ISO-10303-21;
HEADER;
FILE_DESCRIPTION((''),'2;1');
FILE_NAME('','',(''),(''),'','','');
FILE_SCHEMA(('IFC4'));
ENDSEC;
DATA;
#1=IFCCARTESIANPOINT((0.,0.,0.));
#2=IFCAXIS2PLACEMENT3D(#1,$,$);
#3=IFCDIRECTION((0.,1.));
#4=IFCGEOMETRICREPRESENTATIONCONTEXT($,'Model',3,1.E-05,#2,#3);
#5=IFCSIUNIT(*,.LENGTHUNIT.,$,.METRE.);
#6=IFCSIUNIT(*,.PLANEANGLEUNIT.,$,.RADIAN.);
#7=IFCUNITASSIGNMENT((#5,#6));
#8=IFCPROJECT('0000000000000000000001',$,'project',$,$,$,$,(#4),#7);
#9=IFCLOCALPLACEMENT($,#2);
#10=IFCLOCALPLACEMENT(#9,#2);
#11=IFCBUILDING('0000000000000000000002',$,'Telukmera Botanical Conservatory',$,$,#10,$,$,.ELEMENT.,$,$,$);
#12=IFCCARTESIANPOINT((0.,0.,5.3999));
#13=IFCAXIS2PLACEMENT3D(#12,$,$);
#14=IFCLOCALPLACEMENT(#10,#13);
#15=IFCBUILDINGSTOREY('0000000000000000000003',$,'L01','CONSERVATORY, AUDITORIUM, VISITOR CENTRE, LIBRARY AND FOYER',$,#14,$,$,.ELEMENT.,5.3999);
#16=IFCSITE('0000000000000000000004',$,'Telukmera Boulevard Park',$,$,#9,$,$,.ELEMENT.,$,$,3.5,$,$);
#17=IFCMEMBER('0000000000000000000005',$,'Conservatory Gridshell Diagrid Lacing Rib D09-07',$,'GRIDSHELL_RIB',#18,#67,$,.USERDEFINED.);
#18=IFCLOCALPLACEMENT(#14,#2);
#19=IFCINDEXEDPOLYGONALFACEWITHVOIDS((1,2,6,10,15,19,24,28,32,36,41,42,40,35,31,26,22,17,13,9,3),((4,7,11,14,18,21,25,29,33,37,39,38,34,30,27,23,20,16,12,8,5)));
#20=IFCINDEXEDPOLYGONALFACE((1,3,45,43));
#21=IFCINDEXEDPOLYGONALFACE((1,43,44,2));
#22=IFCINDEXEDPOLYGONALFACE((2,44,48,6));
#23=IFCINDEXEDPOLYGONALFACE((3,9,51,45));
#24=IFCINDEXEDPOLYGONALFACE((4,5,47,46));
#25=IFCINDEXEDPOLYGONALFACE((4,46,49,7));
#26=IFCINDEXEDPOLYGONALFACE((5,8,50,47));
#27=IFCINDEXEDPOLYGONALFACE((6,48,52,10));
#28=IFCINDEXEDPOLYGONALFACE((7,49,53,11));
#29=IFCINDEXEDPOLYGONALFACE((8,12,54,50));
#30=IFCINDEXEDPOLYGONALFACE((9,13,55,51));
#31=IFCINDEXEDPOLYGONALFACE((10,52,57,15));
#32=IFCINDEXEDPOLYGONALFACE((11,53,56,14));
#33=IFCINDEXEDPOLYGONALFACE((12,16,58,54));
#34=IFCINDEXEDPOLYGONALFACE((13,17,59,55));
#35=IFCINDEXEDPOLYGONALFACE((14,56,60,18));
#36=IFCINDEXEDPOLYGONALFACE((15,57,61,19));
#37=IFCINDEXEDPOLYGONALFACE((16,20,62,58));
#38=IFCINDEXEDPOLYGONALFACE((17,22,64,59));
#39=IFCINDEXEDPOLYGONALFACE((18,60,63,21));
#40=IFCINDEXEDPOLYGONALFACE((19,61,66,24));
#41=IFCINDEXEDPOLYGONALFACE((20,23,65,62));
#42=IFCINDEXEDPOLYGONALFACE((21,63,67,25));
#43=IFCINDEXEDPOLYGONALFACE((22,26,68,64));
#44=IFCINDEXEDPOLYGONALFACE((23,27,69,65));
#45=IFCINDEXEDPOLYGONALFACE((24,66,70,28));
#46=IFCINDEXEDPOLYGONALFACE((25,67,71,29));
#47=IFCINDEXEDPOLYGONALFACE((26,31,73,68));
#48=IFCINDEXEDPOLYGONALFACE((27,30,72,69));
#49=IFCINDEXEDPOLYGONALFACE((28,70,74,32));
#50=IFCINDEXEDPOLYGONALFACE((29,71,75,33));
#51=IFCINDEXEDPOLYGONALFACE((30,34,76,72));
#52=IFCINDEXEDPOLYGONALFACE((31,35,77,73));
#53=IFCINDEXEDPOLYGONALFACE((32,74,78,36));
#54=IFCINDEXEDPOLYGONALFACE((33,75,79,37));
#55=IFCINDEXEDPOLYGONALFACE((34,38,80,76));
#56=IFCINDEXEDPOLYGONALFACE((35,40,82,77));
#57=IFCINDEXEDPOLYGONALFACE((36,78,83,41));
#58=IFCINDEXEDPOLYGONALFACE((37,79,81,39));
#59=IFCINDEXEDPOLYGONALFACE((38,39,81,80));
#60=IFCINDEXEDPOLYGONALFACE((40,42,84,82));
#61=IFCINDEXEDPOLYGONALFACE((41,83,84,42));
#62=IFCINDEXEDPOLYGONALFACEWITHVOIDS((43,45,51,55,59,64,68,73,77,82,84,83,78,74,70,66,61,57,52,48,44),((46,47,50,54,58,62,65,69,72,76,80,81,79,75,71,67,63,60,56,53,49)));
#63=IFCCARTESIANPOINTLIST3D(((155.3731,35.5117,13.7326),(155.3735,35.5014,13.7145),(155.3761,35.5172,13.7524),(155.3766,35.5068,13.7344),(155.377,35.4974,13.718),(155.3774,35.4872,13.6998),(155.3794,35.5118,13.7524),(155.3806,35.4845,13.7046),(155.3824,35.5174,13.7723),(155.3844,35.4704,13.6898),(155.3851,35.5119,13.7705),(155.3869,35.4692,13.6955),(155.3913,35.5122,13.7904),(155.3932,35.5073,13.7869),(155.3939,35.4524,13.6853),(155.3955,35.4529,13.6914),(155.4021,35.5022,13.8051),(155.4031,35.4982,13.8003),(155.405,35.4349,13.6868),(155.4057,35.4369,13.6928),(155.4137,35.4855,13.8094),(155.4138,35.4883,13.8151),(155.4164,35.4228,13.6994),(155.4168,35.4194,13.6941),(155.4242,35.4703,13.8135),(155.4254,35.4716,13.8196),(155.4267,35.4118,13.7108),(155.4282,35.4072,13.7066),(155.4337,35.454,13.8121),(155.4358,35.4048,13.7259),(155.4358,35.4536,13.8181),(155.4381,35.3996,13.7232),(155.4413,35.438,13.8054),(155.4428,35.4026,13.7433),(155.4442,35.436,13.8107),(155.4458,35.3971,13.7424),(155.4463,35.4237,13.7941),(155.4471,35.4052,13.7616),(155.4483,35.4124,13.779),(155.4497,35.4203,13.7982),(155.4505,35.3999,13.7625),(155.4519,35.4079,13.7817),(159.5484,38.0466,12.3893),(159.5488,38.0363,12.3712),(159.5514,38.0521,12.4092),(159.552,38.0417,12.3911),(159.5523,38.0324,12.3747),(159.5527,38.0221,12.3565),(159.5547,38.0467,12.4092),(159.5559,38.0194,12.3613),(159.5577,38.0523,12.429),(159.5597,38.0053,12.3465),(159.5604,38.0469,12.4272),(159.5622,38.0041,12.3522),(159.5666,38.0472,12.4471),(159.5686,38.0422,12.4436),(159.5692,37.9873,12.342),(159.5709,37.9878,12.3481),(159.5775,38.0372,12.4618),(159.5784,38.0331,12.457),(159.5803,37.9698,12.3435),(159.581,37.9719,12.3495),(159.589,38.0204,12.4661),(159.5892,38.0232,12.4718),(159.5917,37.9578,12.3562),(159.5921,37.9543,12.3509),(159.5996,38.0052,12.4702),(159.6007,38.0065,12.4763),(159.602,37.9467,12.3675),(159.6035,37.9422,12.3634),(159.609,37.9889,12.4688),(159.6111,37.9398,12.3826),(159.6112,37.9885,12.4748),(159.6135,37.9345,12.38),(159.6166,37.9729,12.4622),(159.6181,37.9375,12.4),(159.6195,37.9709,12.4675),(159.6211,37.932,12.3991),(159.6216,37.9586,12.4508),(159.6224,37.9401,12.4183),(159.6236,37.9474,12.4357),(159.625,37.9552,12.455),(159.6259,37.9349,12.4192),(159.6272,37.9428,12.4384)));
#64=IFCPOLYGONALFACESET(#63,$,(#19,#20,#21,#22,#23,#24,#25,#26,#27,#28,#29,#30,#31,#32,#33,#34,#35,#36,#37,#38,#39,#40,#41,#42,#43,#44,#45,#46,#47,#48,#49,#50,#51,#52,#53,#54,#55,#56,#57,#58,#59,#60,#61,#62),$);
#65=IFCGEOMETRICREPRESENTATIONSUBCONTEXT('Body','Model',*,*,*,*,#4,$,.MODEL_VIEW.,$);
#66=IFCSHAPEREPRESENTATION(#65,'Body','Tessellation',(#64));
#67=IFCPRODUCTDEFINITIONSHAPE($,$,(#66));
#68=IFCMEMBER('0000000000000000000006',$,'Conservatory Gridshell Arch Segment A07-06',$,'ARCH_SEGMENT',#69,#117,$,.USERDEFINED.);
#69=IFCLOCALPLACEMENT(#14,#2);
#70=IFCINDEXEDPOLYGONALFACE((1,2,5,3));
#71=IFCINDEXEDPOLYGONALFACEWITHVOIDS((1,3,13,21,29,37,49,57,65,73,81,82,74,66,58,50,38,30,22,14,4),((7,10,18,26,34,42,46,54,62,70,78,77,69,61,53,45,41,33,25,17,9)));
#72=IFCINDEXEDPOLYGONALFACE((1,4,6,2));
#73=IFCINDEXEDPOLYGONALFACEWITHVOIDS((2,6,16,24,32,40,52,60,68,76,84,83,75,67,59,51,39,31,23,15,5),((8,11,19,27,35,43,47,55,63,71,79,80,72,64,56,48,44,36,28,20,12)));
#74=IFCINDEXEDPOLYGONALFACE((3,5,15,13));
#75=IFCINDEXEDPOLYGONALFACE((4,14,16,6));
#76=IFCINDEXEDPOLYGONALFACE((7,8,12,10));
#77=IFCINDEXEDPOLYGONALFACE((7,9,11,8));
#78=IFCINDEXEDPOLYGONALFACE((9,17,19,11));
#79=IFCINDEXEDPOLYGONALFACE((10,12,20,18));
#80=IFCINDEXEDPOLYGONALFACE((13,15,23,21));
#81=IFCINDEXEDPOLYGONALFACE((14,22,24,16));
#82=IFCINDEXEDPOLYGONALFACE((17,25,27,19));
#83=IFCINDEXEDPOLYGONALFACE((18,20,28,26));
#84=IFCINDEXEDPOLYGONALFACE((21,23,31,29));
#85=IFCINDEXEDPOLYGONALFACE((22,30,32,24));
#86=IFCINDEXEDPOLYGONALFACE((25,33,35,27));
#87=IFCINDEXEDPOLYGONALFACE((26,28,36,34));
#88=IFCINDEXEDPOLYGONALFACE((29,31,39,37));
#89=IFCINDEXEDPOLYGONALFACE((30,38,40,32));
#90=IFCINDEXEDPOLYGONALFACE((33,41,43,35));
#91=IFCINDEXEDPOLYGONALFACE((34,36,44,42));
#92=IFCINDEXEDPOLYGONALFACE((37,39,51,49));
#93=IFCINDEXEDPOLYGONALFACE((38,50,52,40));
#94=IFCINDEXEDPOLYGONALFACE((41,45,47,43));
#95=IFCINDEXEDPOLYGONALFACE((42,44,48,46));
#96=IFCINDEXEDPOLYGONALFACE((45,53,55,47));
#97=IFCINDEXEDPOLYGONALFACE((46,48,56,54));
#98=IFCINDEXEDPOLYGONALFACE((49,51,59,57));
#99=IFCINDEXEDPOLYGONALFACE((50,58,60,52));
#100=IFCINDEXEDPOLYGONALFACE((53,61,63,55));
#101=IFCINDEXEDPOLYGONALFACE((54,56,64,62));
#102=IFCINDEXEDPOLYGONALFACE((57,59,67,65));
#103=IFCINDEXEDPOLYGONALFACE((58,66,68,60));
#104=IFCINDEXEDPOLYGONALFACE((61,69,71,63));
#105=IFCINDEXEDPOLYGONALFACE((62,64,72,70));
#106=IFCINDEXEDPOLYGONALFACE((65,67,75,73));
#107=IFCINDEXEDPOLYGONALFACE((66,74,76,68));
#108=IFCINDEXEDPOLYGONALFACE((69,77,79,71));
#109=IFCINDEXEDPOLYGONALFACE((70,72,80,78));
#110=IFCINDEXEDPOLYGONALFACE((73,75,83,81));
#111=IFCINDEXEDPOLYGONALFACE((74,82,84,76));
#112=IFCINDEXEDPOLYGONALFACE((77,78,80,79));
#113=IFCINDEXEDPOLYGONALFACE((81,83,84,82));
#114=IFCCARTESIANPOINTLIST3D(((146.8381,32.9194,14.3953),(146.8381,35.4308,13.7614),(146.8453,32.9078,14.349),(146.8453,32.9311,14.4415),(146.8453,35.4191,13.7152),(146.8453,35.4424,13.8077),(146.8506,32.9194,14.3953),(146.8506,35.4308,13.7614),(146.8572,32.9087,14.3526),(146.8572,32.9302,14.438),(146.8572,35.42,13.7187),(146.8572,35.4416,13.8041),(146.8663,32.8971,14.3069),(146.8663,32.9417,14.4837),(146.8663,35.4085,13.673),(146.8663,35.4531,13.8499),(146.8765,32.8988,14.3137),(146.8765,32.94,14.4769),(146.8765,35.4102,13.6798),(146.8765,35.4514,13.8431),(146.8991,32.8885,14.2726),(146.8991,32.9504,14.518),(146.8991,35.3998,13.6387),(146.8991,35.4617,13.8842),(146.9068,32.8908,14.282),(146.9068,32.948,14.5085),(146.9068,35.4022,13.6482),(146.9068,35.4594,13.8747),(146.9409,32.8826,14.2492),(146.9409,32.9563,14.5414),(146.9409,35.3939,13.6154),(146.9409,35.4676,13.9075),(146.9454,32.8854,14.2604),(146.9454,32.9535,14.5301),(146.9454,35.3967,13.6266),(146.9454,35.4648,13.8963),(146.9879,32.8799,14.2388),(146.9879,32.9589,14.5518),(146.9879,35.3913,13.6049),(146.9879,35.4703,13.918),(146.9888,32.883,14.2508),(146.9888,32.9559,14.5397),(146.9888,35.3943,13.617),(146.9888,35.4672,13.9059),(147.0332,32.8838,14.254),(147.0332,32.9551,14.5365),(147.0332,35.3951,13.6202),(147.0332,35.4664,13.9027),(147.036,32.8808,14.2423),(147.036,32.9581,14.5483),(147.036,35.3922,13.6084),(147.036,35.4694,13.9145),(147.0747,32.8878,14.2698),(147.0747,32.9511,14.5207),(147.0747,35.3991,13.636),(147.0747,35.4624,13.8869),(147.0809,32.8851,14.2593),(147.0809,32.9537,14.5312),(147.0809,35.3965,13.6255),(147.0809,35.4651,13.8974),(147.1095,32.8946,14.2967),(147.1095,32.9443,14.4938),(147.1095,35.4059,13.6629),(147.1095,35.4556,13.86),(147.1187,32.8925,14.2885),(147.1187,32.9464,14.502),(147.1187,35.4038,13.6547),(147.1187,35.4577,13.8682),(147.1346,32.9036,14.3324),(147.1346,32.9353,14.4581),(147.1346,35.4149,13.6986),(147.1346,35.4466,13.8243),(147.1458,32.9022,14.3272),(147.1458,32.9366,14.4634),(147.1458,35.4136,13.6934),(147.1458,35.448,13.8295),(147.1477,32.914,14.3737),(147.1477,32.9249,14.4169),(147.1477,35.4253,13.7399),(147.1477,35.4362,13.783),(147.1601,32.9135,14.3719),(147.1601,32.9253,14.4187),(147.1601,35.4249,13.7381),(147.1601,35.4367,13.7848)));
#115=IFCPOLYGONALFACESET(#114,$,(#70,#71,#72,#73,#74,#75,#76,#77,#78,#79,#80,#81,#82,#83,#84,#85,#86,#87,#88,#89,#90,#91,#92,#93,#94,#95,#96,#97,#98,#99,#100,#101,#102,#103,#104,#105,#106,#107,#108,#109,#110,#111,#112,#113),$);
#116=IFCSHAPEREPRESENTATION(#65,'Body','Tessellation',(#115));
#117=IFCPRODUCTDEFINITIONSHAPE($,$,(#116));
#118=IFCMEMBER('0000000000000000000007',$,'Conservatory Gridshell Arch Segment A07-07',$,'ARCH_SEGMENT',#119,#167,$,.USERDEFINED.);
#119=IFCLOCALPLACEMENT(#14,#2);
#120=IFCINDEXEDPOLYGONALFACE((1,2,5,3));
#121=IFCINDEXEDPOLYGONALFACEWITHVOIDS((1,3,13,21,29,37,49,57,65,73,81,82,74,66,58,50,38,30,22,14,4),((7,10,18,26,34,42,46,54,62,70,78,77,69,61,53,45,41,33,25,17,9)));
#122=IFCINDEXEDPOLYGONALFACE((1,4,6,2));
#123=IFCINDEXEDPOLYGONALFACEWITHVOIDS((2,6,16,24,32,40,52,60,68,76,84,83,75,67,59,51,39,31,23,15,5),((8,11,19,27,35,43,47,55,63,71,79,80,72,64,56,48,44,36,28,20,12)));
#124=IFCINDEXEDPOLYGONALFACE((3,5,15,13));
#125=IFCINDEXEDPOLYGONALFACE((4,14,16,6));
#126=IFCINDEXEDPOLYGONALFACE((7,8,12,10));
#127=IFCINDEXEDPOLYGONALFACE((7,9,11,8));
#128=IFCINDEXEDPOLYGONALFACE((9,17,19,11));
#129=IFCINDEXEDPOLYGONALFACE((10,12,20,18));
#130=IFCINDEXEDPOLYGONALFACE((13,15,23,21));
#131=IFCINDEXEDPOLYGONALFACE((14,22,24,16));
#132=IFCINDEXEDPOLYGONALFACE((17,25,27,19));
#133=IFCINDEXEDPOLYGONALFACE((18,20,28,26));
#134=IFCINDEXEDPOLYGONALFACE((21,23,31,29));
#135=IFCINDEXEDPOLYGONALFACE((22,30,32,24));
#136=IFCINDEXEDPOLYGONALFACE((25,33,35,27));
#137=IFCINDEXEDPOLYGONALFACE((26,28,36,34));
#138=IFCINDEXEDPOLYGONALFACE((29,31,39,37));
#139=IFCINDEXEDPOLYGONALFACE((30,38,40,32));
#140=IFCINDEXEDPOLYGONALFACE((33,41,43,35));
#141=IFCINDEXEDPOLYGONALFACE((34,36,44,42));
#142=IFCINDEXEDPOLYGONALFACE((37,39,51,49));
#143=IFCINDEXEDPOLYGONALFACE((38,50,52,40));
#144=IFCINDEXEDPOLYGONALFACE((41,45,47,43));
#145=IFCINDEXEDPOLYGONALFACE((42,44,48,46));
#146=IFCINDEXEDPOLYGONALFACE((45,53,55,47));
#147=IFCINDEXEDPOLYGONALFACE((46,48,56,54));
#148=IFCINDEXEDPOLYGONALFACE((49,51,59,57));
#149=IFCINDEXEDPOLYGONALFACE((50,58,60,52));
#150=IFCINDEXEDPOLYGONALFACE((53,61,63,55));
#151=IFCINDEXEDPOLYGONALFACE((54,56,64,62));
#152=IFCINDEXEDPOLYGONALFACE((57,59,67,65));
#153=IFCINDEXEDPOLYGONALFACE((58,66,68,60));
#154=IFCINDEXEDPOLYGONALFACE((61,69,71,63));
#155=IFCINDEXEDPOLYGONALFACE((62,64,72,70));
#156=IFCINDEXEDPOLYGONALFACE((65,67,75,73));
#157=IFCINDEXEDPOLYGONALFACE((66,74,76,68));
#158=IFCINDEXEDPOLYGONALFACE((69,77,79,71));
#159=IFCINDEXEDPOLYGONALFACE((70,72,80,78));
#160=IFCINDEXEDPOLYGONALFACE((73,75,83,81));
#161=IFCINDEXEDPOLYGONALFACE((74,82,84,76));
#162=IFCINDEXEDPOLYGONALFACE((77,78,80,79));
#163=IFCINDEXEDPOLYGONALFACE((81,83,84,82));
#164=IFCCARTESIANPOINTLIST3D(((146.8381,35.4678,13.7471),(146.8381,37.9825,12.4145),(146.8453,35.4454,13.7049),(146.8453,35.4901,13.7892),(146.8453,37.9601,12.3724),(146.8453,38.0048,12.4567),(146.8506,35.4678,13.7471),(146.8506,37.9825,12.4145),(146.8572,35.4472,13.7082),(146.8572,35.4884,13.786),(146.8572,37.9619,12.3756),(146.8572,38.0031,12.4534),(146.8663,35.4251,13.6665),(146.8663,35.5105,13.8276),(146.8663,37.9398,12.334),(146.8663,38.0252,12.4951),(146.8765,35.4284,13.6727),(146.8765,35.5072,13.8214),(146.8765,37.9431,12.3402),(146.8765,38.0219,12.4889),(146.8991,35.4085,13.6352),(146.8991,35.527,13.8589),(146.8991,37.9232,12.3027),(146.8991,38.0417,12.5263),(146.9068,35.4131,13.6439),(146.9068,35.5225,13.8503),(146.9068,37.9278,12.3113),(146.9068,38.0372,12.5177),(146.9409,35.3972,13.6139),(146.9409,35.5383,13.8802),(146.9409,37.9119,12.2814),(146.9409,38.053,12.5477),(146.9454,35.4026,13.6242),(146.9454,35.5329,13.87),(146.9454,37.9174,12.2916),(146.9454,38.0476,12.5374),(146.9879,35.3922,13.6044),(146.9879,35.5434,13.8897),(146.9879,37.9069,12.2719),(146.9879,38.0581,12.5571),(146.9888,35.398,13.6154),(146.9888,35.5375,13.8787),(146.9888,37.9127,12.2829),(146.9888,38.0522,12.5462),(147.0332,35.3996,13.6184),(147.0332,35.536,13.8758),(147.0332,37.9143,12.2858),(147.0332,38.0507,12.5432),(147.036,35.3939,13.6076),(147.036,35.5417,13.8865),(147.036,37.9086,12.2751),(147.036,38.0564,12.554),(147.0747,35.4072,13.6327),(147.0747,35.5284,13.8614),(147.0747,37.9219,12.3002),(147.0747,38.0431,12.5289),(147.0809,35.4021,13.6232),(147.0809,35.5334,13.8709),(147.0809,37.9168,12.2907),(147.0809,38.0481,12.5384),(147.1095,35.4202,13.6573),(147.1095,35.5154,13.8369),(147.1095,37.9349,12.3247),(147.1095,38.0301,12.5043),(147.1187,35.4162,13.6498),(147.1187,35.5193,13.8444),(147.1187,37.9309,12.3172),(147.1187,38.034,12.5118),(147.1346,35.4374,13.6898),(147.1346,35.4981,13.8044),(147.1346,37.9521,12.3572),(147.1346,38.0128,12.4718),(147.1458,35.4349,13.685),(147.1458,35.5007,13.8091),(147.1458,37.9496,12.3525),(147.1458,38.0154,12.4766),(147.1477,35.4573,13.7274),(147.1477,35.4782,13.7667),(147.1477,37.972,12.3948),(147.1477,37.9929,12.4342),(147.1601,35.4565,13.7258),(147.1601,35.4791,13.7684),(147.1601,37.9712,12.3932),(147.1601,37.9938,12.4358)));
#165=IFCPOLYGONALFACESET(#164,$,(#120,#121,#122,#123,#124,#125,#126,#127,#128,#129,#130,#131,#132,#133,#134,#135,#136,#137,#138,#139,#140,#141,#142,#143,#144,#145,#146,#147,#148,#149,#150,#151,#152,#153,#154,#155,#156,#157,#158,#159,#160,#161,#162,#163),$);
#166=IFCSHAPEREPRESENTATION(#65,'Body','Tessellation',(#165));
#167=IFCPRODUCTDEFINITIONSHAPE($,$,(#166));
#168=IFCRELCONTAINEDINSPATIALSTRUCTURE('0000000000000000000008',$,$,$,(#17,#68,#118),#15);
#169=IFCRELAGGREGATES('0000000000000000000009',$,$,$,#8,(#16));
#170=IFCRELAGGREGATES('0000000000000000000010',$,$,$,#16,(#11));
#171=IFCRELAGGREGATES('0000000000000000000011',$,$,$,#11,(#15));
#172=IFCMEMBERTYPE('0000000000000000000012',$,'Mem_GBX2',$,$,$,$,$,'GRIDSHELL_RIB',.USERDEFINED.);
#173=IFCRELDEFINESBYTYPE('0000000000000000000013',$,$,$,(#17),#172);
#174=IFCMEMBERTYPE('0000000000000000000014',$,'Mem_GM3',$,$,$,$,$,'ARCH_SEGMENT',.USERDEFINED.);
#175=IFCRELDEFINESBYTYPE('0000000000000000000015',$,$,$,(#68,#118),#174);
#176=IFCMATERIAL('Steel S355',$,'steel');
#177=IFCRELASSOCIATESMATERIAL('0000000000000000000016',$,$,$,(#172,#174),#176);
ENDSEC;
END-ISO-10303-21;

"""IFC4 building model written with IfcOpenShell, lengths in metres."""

from ifc_helpers import new_model, si_unit, direction, frame, origin, origin_2d, place, context, subcontext, project, spatial, hollow_circle, extrude, material, material_profile, profile_set, type_object, element, save


model = new_model("IFC4")

# Units and contexts
model_context = context("Model", 3, precision=1e-05, world=origin(), true_north=direction((0.0, 1.0)))
body_context = subcontext(model_context, "Body", "Model", "MODEL_VIEW")
ifc_project = project(units=[si_unit("LENGTHUNIT", "METRE"), si_unit("PLANEANGLEUNIT", "RADIAN")], contexts=[model_context])

# Site, building, storey
site_placement = place(None, origin())
site = spatial("IfcSite", under=ifc_project, at=site_placement, Name="Telukmera Boulevard Park", CompositionType="ELEMENT", RefElevation=3.5)
building_placement = place(site_placement, origin())
building = spatial("IfcBuilding", under=site, at=building_placement, Name="Telukmera Botanical Conservatory", CompositionType="ELEMENT")
storey_placement = place(building_placement, frame((0.0, 0.0, 5.3999)))
storey = spatial("IfcBuildingStorey", under=building, at=storey_placement, Name="L01", Description="CONSERVATORY, AUDITORIUM, VISITOR CENTRE, LIBRARY AND FOYER", CompositionType="ELEMENT", Elevation=5.3999)

# Shared definitions
ifc_material = material(Name="Steel S355", Category="steel")

# Members
ifc_material_profile_1 = material_profile(ifc_material, hollow_circle(Radius=0.0698, WallThickness=0.0063, at=origin_2d()), Name="CHS 139.7x6.3")
ifc_profile_set_1 = profile_set([ifc_material_profile_1], Name="Steel S355")
member_type_1 = type_object("IfcMemberType", Name="Mem_GBX2", ElementType="GRIDSHELL_RIB", PredefinedType="USERDEFINED", material=ifc_profile_set_1)
member_1_placement = place(storey_placement, frame((155.4124, 35.4575, 13.7524), z_axis=(0.824198, 0.500389, -0.265158), x_axis=(-0.518965, 0.854795, 0.0)))
element("IfcMember", 1, at=member_1_placement, inside=storey, type_object=member_type_1, Name="Conservatory Gridshell Diagrid Lacing Rib D09-07", ObjectType="GRIDSHELL_RIB", PredefinedType="USERDEFINED", context=body_context, shape_type="SweptSolid", body=[
    extrude(hollow_circle(Radius=0.0698, WallThickness=0.0063, at=origin_2d()), origin(), (0.0, 0.0, 1.0), 5.0659),
])
ifc_material_profile_2 = material_profile(ifc_material, hollow_circle(Radius=0.1619, WallThickness=0.0125, at=origin_2d()), Name="CHS 323.9x12.5")
ifc_profile_set_2 = profile_set([ifc_material_profile_2], Name="Steel S355")
member_type_2 = type_object("IfcMemberType", Name="Mem_GM3", ElementType="ARCH_SEGMENT", PredefinedType="USERDEFINED", material=ifc_profile_set_2)
member_2_placement = place(storey_placement, frame((147.0, 32.9194, 14.3953), z_axis=(0.0, 0.969597, -0.244709), x_axis=(-1.0, 0.0, 0.0)))
element("IfcMember", 2, at=member_2_placement, inside=storey, type_object=member_type_2, Name="Conservatory Gridshell Arch Segment A07-06", ObjectType="ARCH_SEGMENT", PredefinedType="USERDEFINED", context=body_context, shape_type="SweptSolid", body=[
    extrude(hollow_circle(Radius=0.1619, WallThickness=0.0125, at=origin_2d()), origin(), (0.0, 0.0, 1.0), 2.5901),
])
member_3_placement = place(storey_placement, frame((147.0, 35.4678, 13.7471), z_axis=(0.0, 0.883608, -0.468227), x_axis=(-1.0, 0.0, 0.0)))
element("IfcMember", 3, at=member_3_placement, inside=storey, type_object=member_type_2, Name="Conservatory Gridshell Arch Segment A07-07", ObjectType="ARCH_SEGMENT", PredefinedType="USERDEFINED", context=body_context, shape_type="SweptSolid", body=[
    extrude(hollow_circle(Radius=0.1619, WallThickness=0.0125, at=origin_2d()), origin(), (0.0, 0.0, 1.0), 2.8459),
])

save(model, "model.ifc")
